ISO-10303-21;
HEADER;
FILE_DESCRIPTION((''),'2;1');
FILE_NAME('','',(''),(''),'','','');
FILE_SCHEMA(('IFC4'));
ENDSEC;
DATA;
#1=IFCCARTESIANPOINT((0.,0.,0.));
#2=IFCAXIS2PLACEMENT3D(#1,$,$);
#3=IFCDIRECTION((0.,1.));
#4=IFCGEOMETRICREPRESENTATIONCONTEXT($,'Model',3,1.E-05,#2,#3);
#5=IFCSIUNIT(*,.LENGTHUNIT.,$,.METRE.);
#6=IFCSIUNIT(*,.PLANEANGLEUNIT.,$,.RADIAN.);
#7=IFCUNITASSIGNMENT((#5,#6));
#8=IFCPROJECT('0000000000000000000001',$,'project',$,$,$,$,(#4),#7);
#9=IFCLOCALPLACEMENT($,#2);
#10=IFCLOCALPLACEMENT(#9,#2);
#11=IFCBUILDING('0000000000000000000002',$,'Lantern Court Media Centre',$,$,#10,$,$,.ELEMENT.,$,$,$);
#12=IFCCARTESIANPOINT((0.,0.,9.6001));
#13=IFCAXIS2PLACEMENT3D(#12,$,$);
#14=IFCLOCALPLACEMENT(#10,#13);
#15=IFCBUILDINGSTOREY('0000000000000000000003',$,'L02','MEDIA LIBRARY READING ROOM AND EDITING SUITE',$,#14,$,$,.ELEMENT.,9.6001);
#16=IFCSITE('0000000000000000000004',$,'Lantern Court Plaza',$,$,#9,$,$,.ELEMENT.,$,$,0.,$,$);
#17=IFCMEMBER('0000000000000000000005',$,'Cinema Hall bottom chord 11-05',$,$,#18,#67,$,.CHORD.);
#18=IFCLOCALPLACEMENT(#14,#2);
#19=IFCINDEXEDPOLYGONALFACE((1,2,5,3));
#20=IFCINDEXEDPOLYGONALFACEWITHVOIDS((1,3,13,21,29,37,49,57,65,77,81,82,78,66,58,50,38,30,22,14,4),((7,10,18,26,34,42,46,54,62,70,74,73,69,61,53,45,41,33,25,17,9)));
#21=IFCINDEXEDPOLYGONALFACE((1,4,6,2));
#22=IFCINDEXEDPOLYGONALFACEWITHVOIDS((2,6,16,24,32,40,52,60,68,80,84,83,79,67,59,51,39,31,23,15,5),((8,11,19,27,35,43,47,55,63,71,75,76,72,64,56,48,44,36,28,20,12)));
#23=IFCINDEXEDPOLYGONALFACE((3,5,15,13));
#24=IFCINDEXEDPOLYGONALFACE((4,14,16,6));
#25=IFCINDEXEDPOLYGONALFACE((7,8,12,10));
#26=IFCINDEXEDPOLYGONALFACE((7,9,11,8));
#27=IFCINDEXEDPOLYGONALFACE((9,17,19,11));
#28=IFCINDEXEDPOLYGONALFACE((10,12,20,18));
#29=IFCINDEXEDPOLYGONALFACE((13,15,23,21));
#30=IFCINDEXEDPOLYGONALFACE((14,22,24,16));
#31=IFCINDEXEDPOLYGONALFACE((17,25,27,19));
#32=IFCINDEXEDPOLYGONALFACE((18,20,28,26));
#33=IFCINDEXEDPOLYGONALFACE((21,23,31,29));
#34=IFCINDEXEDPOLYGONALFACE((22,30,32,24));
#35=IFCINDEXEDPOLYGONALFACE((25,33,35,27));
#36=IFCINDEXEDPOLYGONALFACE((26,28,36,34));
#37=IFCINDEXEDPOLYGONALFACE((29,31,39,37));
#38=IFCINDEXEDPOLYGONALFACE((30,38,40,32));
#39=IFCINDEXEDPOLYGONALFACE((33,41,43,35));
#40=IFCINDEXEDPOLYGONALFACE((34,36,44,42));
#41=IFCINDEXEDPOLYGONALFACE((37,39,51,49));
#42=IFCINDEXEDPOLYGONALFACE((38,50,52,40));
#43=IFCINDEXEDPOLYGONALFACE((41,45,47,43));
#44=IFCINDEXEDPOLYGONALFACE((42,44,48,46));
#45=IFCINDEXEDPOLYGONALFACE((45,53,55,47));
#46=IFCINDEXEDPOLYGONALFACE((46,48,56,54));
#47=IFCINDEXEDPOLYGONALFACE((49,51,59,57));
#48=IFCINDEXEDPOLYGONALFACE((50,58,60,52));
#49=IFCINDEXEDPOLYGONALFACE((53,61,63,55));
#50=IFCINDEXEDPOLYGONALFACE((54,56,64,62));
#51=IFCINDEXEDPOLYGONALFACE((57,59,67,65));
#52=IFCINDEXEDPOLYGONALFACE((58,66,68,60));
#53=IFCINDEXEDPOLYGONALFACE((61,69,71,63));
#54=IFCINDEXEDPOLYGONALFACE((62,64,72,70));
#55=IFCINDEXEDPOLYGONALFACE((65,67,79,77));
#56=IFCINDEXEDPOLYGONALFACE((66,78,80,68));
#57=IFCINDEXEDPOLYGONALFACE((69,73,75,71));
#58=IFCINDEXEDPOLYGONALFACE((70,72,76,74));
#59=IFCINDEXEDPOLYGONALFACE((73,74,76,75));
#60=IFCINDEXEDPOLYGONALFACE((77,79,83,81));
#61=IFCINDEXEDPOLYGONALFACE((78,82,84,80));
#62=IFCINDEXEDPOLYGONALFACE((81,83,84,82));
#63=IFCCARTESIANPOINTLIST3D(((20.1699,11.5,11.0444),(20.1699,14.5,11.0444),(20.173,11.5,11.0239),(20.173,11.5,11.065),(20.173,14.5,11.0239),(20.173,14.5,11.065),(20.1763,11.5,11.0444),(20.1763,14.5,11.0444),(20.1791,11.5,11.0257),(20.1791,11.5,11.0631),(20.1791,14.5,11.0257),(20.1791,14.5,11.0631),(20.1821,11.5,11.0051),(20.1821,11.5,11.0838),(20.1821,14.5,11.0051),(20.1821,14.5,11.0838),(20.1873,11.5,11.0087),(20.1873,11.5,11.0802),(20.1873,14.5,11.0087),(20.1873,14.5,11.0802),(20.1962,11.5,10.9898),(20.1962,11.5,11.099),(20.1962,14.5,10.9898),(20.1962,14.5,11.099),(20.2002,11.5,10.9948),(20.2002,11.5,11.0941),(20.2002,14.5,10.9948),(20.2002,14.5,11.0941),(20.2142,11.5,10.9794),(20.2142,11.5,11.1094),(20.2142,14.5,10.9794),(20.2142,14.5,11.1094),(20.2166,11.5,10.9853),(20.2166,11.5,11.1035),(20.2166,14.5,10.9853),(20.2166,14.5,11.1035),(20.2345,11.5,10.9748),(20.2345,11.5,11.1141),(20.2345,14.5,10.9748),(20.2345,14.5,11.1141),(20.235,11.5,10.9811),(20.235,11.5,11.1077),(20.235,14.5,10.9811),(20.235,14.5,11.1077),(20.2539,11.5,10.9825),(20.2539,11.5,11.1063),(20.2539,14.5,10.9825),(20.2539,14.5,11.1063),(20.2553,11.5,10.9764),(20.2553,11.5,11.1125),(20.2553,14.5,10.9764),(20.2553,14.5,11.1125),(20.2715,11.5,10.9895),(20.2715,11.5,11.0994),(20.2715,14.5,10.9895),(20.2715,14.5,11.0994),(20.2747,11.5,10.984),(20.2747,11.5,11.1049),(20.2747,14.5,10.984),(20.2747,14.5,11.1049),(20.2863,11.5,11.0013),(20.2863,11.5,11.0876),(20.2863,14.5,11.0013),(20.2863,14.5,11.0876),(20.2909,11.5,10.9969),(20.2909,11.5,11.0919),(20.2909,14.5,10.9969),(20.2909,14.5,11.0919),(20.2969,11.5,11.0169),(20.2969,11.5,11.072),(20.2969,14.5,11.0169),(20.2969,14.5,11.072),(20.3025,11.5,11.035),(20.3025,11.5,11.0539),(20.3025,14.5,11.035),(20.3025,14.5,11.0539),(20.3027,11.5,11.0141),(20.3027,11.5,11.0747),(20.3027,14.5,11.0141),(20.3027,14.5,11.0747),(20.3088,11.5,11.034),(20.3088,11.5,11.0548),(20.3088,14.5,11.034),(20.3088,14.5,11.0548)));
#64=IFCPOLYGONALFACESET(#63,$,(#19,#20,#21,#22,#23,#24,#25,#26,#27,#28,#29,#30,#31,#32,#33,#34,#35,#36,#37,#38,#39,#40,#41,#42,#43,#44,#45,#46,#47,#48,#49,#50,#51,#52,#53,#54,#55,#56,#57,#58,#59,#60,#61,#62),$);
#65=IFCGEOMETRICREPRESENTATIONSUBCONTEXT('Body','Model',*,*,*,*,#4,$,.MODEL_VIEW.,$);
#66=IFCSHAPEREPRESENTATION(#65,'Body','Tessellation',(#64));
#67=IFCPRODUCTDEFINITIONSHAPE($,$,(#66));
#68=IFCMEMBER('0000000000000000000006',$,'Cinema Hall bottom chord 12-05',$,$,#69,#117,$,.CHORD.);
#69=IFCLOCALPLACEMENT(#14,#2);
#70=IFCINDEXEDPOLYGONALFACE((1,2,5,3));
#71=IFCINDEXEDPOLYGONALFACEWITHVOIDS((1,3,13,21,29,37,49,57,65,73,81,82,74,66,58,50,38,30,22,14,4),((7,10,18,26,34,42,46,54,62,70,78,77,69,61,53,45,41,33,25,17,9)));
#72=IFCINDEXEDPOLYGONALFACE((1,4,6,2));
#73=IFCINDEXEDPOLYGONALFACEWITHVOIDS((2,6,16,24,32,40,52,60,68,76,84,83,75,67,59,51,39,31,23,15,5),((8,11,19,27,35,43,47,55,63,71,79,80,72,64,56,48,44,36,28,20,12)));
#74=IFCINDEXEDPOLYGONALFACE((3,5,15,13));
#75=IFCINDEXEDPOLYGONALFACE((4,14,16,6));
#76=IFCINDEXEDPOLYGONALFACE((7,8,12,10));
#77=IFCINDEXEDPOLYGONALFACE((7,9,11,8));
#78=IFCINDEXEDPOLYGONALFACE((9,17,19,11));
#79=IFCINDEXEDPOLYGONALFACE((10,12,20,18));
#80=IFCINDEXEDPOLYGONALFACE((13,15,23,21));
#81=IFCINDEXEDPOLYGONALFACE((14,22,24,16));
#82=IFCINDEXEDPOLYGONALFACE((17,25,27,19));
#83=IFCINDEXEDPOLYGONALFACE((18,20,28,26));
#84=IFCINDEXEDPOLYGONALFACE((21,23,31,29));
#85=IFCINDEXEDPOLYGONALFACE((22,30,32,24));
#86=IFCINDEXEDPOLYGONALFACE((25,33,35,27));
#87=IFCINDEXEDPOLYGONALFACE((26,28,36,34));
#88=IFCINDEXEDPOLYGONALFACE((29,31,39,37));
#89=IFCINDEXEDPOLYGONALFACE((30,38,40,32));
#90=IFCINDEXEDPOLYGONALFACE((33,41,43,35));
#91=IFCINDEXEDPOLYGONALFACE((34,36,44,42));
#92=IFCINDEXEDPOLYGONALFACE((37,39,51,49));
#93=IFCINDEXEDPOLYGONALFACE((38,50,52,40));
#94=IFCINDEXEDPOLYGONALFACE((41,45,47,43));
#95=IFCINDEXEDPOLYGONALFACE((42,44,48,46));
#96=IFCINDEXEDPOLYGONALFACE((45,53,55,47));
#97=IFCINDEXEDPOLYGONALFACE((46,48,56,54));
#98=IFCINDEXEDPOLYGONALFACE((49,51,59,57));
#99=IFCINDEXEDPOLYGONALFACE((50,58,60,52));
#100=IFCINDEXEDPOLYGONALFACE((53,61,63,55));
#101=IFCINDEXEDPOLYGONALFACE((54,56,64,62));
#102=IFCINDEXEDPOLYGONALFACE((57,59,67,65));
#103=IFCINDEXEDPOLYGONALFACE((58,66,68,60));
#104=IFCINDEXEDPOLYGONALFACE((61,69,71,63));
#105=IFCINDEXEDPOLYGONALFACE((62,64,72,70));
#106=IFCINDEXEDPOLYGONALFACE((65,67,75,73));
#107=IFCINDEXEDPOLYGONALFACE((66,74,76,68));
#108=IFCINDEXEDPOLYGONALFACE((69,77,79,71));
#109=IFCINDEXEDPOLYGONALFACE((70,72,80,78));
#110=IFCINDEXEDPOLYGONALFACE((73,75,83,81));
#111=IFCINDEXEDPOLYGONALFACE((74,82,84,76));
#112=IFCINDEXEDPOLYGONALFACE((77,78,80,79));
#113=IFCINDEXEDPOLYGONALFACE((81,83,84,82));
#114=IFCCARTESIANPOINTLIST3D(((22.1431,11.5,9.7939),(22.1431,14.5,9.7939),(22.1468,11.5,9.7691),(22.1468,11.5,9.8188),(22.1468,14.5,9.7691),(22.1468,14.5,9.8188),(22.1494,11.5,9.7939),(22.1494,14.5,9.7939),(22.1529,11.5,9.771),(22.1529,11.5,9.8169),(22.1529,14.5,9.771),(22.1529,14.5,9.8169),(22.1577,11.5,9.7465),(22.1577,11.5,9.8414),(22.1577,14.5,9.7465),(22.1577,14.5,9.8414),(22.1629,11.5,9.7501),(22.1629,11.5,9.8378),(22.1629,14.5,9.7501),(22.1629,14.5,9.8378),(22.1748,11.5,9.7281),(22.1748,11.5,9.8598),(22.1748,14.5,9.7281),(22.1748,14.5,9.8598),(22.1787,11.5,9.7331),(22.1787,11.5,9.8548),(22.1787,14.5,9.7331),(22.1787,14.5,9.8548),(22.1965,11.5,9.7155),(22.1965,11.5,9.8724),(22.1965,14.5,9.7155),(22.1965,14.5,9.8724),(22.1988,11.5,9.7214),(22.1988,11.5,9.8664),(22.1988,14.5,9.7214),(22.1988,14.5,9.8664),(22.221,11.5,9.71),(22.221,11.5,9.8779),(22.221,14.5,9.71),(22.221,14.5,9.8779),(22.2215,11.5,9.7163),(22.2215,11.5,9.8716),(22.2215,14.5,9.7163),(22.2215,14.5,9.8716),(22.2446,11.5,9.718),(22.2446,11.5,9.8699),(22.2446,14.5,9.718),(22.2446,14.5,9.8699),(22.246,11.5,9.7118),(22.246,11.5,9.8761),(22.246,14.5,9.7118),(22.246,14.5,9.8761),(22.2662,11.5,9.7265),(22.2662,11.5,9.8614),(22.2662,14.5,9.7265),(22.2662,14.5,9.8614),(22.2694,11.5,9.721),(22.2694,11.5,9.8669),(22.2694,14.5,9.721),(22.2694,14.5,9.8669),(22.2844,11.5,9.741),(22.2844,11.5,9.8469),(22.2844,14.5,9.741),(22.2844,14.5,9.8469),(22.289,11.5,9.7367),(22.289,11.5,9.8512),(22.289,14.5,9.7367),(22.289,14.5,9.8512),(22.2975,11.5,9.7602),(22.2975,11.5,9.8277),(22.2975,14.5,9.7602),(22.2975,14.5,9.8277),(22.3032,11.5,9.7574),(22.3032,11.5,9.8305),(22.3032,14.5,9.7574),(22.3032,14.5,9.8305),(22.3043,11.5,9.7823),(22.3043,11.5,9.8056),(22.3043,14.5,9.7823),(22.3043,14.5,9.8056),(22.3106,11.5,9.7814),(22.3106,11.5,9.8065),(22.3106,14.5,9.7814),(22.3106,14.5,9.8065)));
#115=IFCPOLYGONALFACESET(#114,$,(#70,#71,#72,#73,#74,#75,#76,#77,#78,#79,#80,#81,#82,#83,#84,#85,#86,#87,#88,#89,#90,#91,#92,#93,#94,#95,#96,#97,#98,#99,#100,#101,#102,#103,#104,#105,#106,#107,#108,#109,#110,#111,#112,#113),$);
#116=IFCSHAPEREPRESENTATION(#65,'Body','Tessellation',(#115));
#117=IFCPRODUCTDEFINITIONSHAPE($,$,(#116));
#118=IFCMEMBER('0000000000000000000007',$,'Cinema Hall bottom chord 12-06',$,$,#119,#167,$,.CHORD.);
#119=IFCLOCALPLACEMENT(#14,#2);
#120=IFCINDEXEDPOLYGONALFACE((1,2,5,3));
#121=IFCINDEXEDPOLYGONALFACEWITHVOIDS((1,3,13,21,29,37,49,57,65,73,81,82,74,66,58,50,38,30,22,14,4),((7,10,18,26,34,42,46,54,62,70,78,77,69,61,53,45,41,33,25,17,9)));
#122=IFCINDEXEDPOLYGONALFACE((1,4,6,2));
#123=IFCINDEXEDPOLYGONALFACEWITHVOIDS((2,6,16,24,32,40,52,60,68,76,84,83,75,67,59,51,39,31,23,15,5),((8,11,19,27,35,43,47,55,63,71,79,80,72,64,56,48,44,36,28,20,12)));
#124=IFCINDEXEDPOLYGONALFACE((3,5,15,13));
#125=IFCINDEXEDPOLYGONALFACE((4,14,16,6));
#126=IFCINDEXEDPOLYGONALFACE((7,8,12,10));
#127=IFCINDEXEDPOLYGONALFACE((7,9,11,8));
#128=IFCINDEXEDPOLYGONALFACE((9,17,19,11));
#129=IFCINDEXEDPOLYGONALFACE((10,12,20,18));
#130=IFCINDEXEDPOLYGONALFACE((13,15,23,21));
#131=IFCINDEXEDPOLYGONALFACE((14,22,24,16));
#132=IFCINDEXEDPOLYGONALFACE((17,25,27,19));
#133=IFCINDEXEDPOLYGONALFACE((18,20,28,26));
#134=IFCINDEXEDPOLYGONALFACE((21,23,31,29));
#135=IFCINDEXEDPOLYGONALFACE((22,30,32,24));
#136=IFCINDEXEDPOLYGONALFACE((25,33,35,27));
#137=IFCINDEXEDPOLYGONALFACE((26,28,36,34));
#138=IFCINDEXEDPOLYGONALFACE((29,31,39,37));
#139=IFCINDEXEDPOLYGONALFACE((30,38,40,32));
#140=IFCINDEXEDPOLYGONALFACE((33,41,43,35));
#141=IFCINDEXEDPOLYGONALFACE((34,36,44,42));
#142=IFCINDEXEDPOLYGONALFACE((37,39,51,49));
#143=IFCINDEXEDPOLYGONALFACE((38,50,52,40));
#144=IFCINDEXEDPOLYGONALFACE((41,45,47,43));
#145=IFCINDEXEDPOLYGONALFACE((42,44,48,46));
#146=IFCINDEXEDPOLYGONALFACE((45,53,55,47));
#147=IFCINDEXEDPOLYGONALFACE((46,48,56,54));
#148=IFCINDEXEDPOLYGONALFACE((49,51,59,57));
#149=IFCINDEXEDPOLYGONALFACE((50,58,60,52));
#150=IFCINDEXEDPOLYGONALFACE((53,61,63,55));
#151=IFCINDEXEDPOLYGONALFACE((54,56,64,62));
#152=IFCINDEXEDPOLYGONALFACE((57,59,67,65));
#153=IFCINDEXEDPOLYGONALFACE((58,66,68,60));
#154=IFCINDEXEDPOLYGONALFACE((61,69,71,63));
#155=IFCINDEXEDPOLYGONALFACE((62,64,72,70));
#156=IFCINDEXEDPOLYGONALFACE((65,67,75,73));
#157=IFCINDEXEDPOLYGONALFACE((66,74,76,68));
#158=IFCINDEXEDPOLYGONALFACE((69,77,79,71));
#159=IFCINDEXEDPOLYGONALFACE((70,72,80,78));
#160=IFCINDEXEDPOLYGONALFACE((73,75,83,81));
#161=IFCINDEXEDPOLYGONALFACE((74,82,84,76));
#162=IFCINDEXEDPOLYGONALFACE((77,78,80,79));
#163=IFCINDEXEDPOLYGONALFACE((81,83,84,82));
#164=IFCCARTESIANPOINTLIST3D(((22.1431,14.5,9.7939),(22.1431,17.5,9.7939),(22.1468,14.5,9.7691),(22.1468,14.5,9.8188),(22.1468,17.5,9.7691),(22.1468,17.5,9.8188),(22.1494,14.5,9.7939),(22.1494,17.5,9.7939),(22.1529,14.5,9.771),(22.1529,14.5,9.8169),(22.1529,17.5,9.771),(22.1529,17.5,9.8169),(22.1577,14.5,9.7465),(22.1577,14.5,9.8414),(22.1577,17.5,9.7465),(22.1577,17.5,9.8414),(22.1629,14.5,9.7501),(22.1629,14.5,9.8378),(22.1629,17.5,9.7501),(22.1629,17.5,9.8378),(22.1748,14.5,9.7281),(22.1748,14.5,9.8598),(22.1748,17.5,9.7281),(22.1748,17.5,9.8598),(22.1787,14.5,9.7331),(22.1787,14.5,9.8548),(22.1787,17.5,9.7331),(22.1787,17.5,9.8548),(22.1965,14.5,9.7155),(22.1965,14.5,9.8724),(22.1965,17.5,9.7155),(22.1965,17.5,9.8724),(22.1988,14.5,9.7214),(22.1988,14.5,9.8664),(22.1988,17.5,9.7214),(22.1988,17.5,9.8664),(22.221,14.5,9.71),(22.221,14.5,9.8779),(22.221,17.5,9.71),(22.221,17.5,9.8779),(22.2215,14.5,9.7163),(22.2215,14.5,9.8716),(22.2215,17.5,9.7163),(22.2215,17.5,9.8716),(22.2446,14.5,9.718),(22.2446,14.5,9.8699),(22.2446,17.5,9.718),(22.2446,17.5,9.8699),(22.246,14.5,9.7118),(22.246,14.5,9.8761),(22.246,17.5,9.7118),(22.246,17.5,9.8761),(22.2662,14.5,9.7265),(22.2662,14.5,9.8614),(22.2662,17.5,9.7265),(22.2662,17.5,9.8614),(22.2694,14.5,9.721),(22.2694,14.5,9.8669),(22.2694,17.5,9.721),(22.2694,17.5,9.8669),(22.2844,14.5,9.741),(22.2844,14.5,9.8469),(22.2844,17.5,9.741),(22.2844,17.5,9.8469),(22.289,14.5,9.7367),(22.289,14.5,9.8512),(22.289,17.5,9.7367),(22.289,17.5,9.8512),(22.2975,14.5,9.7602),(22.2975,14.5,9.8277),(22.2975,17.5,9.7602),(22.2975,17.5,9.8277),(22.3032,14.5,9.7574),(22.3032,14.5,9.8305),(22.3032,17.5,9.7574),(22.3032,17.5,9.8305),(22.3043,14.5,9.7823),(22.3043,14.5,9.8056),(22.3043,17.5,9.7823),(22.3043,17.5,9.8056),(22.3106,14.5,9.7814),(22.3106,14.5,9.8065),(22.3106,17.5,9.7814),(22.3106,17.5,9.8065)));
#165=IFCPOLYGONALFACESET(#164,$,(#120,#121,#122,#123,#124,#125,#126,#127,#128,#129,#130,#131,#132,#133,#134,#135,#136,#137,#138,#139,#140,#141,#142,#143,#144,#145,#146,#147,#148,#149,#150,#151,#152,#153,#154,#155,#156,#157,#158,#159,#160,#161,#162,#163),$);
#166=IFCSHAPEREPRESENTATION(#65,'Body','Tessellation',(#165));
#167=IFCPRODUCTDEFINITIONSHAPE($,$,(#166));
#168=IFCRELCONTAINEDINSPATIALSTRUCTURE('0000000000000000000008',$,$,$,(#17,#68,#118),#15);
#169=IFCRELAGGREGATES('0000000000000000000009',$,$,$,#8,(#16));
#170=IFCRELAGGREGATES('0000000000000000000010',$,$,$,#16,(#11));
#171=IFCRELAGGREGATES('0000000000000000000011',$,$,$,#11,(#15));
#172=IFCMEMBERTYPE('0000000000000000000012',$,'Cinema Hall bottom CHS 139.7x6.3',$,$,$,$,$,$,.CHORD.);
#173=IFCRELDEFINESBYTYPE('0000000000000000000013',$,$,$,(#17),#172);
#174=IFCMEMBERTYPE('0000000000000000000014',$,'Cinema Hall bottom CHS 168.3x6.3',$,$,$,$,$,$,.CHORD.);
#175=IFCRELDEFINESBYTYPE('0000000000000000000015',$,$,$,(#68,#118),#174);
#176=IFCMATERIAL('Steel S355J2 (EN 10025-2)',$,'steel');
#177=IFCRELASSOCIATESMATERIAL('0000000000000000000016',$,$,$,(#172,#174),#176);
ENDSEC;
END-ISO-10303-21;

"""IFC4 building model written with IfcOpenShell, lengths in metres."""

from ifc_helpers import new_model, si_unit, direction, frame, origin, origin_2d, place, context, subcontext, project, spatial, hollow_circle, extrude, material, material_profile, profile_set, type_object, element, save


model = new_model("IFC4")

# Units and contexts
model_context = context("Model", 3, precision=1e-05, world=origin(), true_north=direction((0.0, 1.0)))
body_context = subcontext(model_context, "Body", "Model", "MODEL_VIEW")
ifc_project = project(units=[si_unit("LENGTHUNIT", "METRE"), si_unit("PLANEANGLEUNIT", "RADIAN")], contexts=[model_context])

# Site, building, storey
site_placement = place(None, origin())
site = spatial("IfcSite", under=ifc_project, at=site_placement, Name="Lantern Court Plaza", CompositionType="ELEMENT", RefElevation=0.0)
building_placement = place(site_placement, origin())
building = spatial("IfcBuilding", under=site, at=building_placement, Name="Lantern Court Media Centre", CompositionType="ELEMENT")
storey_placement = place(building_placement, frame((0.0, 0.0, 9.6001)))
storey = spatial("IfcBuildingStorey", under=building, at=storey_placement, Name="L02", Description="MEDIA LIBRARY READING ROOM AND EDITING SUITE", CompositionType="ELEMENT", Elevation=9.6001)

# Members
ifc_material = material(Name="Steel S355J2 (EN 10025-2)", Category="steel")
ifc_material_profile_1 = material_profile(ifc_material, hollow_circle(Radius=0.0698, WallThickness=0.0063, at=origin_2d()), Name="Cinema Hall bottom CHS 139.7x6.3")
ifc_profile_set_1 = profile_set([ifc_material_profile_1], Name="Steel S355J2 (EN 10025-2)")
member_type_1 = type_object("IfcMemberType", Name="Cinema Hall bottom CHS 139.7x6.3", PredefinedType="CHORD", material=ifc_profile_set_1)
member_1_placement = place(storey_placement, frame((20.2397, 11.5, 11.0444), z_axis=(0.0, 1.0, 0.0), x_axis=(-1.0, 0.0, 0.0)))
element("IfcMember", 1, at=member_1_placement, inside=storey, type_object=member_type_1, Name="Cinema Hall bottom chord 11-05", PredefinedType="CHORD", context=body_context, shape_type="SweptSolid", body=[
    extrude(hollow_circle(Radius=0.0698, WallThickness=0.0063, at=origin_2d()), origin(), (0.0, 0.0, 1.0), 3.0),
])
ifc_material_profile_2 = material_profile(ifc_material, hollow_circle(Radius=0.0842, WallThickness=0.0063, at=origin_2d()), Name="Cinema Hall bottom CHS 168.3x6.3")
ifc_profile_set_2 = profile_set([ifc_material_profile_2], Name="Steel S355J2 (EN 10025-2)")
member_type_2 = type_object("IfcMemberType", Name="Cinema Hall bottom CHS 168.3x6.3", PredefinedType="CHORD", material=ifc_profile_set_2)
for number, where, z_axis, x_axis, name in (
    (2, (22.2273, 11.5, 9.7939), (0.0, 1.0, 0.0), (-1.0, 0.0, 0.0), "Cinema Hall bottom chord 12-05"),
    (3, (22.2273, 14.5, 9.7939), (0.0, 1.0, 0.0), (-1.0, 0.0, 0.0), "Cinema Hall bottom chord 12-06"),
):
    element("IfcMember", number, at=place(storey_placement, frame(where, z_axis=z_axis, x_axis=x_axis)), inside=storey, type_object=member_type_2, Name=name, PredefinedType="CHORD", context=body_context, shape_type="SweptSolid", body=[
        extrude(hollow_circle(Radius=0.0842, WallThickness=0.0063, at=origin_2d()), origin(), (0.0, 0.0, 1.0), 3.0),
    ])

save(model, "model.ifc")
